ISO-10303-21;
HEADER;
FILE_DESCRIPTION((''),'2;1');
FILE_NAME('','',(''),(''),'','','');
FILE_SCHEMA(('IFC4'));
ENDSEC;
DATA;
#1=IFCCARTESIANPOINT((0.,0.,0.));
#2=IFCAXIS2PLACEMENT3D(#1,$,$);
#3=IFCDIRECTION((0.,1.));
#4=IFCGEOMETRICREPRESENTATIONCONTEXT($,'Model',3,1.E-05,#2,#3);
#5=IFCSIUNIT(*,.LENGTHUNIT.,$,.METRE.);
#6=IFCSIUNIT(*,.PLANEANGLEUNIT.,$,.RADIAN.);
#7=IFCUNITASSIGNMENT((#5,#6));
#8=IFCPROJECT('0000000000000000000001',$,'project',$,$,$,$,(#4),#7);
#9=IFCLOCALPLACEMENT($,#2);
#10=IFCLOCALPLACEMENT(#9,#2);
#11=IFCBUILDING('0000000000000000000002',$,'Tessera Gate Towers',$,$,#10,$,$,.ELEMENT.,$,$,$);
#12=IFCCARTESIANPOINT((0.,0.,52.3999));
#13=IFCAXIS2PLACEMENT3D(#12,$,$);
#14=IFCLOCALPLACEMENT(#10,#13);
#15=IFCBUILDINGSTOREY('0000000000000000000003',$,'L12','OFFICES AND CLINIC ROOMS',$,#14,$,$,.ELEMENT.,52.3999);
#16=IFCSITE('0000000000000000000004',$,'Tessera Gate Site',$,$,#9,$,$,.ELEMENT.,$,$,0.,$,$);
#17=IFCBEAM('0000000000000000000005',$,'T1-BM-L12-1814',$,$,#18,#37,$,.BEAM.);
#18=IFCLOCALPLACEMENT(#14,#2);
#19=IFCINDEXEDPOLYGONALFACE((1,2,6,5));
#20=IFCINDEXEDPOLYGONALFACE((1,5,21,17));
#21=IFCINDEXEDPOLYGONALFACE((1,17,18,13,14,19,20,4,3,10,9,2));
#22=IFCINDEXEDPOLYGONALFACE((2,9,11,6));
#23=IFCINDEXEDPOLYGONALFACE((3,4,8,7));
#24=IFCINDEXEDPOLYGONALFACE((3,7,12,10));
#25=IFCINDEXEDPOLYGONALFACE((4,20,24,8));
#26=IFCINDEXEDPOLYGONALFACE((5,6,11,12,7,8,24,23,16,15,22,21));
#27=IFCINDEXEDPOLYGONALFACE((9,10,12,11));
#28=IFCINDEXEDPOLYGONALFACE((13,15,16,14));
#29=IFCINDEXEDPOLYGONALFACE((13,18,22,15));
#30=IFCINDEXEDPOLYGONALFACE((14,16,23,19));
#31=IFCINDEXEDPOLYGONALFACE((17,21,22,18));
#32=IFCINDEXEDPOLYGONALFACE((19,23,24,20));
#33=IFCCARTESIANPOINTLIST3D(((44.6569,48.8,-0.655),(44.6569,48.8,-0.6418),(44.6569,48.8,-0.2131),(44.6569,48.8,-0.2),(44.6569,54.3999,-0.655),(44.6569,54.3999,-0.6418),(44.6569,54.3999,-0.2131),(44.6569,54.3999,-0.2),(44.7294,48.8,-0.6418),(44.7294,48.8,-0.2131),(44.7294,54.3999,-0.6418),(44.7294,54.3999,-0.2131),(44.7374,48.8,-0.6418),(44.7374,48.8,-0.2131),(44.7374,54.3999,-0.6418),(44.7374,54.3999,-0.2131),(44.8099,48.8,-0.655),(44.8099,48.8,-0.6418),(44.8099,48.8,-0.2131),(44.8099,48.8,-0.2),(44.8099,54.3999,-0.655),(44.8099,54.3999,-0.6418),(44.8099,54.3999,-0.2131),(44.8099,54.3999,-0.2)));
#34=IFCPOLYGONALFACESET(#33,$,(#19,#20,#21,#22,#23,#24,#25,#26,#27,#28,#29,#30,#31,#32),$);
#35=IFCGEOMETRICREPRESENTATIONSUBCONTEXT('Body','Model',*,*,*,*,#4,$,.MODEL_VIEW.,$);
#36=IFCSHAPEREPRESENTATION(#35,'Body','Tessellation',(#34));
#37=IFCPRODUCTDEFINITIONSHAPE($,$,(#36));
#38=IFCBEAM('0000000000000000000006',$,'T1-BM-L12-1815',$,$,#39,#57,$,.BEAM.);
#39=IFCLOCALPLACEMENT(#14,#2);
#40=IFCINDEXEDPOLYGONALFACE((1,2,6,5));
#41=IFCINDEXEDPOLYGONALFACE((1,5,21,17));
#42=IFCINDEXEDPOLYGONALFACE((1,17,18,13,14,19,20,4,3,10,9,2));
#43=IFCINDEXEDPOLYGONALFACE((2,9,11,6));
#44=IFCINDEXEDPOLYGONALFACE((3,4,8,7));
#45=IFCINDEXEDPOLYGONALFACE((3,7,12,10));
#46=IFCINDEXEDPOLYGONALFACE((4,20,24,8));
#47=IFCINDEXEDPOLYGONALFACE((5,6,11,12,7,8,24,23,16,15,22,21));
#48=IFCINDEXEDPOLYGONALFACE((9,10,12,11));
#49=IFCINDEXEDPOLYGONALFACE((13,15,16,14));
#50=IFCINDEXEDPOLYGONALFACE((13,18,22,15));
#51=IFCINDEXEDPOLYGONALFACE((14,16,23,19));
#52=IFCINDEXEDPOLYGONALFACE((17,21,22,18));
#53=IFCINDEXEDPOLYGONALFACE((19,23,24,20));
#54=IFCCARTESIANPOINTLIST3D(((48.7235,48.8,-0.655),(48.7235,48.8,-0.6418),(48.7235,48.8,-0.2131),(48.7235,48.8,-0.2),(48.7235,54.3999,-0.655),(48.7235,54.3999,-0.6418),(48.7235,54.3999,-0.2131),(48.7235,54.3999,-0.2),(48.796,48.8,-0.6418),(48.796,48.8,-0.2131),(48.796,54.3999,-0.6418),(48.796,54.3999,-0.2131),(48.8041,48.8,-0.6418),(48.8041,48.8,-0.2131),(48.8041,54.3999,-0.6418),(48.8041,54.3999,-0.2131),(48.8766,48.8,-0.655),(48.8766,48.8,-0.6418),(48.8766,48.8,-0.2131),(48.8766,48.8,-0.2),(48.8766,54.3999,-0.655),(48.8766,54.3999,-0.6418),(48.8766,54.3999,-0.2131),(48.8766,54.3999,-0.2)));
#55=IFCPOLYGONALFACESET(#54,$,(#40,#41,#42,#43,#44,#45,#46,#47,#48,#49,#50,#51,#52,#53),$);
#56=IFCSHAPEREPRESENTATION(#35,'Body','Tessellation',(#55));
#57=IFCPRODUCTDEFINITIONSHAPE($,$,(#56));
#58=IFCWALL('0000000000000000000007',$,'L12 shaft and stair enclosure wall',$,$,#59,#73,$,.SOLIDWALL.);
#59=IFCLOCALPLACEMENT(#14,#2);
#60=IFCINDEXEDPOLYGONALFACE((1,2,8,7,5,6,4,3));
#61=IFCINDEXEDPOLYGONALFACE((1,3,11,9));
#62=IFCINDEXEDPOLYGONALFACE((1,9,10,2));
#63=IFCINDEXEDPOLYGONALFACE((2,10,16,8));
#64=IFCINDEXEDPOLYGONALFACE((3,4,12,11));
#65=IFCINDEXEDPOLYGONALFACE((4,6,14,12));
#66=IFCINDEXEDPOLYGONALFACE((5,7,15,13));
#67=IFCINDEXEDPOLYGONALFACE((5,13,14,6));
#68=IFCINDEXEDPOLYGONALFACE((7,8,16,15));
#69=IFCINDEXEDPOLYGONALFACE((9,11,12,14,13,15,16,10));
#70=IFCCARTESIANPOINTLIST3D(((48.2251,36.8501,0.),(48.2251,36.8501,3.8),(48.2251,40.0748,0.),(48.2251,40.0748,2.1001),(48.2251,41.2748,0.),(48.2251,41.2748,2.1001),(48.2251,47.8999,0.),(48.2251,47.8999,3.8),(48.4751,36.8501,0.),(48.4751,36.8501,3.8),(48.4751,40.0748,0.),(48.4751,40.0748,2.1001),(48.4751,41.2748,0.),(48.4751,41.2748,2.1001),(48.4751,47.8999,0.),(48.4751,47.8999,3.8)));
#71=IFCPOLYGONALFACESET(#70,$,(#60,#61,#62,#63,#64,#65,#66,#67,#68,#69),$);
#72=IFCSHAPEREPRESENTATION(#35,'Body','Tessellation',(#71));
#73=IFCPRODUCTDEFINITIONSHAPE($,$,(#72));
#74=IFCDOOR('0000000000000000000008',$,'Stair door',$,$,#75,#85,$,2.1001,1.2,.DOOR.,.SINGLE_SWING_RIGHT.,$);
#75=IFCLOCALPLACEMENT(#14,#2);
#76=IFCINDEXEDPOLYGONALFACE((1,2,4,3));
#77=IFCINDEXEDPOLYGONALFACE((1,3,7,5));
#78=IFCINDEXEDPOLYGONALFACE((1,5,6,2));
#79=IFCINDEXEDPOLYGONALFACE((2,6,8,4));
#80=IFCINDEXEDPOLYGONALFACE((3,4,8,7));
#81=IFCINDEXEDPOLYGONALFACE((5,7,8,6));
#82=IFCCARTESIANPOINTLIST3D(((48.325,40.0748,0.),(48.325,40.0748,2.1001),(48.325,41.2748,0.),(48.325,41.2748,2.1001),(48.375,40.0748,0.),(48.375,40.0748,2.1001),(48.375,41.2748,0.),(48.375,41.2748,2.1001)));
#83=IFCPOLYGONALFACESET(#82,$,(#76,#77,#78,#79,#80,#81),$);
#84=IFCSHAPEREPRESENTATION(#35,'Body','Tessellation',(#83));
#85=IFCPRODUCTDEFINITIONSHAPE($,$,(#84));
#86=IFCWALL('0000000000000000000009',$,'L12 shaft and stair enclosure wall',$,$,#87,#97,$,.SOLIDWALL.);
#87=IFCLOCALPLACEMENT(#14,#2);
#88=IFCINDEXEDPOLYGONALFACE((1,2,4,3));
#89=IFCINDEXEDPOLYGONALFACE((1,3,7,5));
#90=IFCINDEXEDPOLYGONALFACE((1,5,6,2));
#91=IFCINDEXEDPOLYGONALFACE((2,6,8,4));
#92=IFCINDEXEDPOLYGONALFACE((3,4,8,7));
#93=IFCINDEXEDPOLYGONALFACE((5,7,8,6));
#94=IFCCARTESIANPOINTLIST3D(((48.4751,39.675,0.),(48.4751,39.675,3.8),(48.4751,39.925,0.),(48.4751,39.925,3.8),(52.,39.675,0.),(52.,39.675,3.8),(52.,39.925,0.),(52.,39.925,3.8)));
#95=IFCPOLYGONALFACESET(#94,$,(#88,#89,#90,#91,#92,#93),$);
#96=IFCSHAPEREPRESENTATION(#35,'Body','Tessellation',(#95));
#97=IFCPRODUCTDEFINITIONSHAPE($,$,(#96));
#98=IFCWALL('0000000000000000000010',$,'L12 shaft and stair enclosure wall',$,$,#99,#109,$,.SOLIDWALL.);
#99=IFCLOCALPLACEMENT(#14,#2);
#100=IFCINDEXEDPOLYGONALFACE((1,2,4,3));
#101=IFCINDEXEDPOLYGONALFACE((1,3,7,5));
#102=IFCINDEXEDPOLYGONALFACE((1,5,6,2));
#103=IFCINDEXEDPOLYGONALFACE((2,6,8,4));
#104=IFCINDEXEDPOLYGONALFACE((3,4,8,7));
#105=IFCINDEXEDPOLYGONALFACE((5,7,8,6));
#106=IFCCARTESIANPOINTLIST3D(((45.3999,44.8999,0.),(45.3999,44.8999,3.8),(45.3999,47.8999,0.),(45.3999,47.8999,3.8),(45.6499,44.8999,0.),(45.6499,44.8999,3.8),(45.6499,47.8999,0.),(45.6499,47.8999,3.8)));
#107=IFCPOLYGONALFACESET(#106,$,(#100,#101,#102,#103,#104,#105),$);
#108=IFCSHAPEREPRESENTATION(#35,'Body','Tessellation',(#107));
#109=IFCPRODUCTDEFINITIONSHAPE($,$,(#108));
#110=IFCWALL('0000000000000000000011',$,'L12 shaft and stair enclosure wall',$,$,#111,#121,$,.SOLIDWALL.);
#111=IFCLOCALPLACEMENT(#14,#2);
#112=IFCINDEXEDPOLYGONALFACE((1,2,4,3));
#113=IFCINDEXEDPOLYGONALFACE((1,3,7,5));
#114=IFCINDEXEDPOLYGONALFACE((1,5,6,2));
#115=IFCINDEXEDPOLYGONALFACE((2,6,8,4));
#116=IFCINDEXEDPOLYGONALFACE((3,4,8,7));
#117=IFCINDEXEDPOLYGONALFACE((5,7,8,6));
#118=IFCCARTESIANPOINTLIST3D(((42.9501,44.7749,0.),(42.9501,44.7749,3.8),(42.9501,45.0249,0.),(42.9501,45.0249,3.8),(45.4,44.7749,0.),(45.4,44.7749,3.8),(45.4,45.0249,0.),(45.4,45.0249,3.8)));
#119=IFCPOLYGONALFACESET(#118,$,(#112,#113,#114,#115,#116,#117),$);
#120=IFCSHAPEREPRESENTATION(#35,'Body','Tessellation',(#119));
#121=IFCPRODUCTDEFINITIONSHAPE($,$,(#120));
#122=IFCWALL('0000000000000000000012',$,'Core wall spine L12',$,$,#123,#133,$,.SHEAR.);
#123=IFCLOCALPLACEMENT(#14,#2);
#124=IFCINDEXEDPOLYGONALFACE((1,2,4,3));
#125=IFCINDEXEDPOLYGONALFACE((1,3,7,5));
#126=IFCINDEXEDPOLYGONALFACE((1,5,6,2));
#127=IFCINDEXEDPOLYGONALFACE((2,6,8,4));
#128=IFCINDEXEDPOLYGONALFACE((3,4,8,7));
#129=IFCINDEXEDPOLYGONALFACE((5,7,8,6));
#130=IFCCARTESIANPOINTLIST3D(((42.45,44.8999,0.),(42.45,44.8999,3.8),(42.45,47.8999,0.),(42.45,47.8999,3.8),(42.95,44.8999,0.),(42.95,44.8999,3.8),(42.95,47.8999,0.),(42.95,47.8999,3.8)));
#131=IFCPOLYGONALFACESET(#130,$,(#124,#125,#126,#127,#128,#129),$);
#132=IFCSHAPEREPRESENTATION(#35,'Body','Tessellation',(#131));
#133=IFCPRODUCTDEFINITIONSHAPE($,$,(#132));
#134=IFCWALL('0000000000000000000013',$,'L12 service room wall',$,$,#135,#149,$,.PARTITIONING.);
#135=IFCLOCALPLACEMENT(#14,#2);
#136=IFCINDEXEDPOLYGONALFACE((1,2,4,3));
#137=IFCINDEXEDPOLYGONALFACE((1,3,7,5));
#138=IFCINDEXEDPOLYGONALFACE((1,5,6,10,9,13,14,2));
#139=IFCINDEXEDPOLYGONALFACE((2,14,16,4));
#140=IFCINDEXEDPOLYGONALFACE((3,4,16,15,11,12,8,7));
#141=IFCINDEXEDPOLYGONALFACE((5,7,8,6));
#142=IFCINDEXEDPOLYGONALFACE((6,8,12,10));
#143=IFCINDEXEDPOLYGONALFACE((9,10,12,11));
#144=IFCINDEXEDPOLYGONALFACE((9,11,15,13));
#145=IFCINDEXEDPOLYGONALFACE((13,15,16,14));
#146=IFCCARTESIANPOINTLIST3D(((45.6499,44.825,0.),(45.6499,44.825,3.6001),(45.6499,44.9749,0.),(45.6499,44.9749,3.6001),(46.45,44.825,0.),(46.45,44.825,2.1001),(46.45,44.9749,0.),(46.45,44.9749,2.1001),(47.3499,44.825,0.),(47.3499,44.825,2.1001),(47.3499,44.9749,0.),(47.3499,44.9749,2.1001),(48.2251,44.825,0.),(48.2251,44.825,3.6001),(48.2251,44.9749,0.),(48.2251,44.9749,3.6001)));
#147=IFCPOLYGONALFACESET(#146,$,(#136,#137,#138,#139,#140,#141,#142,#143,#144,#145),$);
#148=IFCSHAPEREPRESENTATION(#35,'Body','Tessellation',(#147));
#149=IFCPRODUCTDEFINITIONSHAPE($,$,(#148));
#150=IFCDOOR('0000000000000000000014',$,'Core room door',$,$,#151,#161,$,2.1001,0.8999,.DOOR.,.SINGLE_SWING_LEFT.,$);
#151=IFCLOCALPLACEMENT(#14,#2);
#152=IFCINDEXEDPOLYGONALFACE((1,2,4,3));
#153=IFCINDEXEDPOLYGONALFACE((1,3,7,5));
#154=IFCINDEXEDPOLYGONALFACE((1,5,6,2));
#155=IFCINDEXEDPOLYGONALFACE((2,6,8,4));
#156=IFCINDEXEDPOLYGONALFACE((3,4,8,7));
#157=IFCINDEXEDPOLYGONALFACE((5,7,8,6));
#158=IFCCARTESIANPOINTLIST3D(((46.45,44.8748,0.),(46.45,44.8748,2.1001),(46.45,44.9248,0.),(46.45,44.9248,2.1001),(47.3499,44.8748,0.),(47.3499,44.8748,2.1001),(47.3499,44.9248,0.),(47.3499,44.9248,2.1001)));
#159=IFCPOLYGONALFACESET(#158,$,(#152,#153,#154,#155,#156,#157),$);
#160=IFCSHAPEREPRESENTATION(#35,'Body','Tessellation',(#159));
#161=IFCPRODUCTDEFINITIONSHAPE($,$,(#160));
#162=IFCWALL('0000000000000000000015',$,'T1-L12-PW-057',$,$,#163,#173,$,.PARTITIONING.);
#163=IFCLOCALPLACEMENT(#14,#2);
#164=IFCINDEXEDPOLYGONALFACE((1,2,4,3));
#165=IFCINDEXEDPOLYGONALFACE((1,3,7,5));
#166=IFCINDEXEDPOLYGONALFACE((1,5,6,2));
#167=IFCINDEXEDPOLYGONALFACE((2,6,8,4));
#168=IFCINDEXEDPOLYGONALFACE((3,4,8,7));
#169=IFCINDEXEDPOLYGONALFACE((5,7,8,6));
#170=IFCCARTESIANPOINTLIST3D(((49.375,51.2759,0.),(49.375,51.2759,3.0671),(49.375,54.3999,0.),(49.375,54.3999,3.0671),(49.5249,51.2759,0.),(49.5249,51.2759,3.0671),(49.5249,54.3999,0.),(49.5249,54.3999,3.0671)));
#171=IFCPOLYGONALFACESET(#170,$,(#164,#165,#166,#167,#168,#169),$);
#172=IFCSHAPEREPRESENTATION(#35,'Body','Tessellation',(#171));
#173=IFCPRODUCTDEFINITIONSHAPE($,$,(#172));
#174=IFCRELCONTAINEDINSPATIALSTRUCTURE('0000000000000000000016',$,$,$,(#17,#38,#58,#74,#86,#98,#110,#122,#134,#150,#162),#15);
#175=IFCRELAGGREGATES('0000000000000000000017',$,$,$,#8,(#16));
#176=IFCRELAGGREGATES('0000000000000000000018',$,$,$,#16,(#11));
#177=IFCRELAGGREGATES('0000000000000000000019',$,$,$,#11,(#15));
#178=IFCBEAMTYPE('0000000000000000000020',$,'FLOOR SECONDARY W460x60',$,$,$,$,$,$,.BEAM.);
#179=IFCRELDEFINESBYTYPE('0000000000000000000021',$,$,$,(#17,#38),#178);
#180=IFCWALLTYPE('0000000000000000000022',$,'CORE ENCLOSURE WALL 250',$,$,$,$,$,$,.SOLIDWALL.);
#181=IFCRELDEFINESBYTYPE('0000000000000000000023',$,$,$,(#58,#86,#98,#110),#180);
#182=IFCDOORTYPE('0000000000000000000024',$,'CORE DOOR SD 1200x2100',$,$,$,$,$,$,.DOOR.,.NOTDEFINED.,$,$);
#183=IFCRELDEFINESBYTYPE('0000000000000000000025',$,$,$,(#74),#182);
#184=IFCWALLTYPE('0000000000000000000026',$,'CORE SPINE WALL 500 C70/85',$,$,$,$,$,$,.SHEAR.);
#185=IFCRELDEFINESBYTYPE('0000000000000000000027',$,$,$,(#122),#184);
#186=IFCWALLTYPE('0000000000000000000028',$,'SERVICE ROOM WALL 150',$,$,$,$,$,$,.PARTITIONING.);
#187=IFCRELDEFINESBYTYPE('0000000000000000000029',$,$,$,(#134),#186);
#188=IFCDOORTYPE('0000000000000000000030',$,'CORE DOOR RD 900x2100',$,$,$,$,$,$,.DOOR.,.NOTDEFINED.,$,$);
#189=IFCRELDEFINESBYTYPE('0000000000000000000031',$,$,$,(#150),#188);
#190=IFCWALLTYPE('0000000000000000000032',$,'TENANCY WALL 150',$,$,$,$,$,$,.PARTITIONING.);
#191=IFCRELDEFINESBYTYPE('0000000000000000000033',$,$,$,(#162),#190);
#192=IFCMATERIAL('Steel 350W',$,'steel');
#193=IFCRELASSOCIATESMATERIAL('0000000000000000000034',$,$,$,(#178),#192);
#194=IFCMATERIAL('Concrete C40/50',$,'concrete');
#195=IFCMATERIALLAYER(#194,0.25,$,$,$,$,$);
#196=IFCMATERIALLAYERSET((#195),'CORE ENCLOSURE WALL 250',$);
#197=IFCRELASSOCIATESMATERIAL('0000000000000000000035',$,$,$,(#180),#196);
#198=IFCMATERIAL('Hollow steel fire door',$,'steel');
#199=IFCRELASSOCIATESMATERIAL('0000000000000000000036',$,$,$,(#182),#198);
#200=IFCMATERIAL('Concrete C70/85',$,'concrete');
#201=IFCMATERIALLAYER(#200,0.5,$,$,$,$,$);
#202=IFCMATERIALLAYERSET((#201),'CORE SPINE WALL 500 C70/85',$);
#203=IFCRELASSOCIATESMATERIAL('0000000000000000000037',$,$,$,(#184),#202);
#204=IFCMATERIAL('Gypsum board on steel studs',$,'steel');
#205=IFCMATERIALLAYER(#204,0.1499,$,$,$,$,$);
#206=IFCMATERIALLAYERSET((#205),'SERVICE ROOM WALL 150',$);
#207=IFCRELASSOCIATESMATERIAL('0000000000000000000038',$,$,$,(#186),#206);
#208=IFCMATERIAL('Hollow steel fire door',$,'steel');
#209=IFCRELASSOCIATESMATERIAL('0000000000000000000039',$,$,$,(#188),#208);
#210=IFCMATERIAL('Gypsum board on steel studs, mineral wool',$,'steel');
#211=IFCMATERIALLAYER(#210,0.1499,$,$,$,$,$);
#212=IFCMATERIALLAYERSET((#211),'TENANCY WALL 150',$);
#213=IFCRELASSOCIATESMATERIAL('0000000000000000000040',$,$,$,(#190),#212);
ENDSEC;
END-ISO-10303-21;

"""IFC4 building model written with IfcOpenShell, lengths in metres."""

from ifc_helpers import new_model, si_unit, direction, frame, frame_2d, origin, origin_2d, place, context, subcontext, project, spatial, rectangle, i_section, extrude, source, transform, mapped, material, layer, layer_set, material_profile, profile_set, type_object, element, fill, save


model = new_model("IFC4")

# Units and contexts
model_context = context("Model", 3, precision=1e-05, world=origin(), true_north=direction((0.0, 1.0)))
body_context = subcontext(model_context, "Body", "Model", "MODEL_VIEW")
ifc_project = project(units=[si_unit("LENGTHUNIT", "METRE"), si_unit("PLANEANGLEUNIT", "RADIAN")], contexts=[model_context])

# Site, building, storey
site_placement = place(None, origin())
site = spatial("IfcSite", under=ifc_project, at=site_placement, Name="Tessera Gate Site", CompositionType="ELEMENT", RefElevation=0.0)
building_placement = place(site_placement, origin())
building = spatial("IfcBuilding", under=site, at=building_placement, Name="Tessera Gate Towers", CompositionType="ELEMENT")
storey_placement = place(building_placement, frame((0.0, 0.0, 52.3999)))
storey = spatial("IfcBuildingStorey", under=building, at=storey_placement, Name="L12", Description="OFFICES AND CLINIC ROOMS", CompositionType="ELEMENT", Elevation=52.3999)

# Beams
ifc_material_1 = material(Name="Steel 350W", Category="steel")
ifc_material_profile = material_profile(ifc_material_1, i_section(OverallWidth=0.1531, OverallDepth=0.4551, WebThickness=0.0081, FlangeThickness=0.0132, at=origin_2d()), Name="W460x60")
ifc_profile_set = profile_set([ifc_material_profile], Name="Steel 350W")
beam_type = type_object("IfcBeamType", Name="FLOOR SECONDARY W460x60", PredefinedType="BEAM", material=ifc_profile_set)
for number, where, z_axis, x_axis, name in (
    (1, (44.7334, 48.8, -0.4275), (0.0, 1.0, 0.0), (-1.0, 0.0, 0.0), "T1-BM-L12-1814"),
    (2, (48.8, 48.8, -0.4275), (0.0, 1.0, 0.0), (-1.0, 0.0, 0.0), "T1-BM-L12-1815"),
):
    element("IfcBeam", number, at=place(storey_placement, frame(where, z_axis=z_axis, x_axis=x_axis)), inside=storey, type_object=beam_type, Name=name, PredefinedType="BEAM", context=body_context, shape_type="SweptSolid", body=[
        extrude(i_section(OverallWidth=0.1531, OverallDepth=0.4551, WebThickness=0.0081, FlangeThickness=0.0132, at=origin_2d()), origin(), (0.0, 0.0, 1.0), 5.5999),
    ])

# Wall, opening, door
ifc_material_2 = material(Name="Concrete C40/50", Category="concrete")
ifc_layer_1 = layer(ifc_material_2, 0.25)
ifc_layer_set_1 = layer_set([ifc_layer_1], Name="CORE ENCLOSURE WALL 250")
wall_type_1 = type_object("IfcWallType", Name="CORE ENCLOSURE WALL 250", PredefinedType="SOLIDWALL", material=ifc_layer_set_1)
wall_1_placement = place(storey_placement, frame((48.3501, 47.8999, 0.0), z_axis=(0.0, 0.0, 1.0), x_axis=(0.0, -1.0, 0.0)))
wall_1 = element("IfcWall", 3, at=wall_1_placement, inside=storey, type_object=wall_type_1, Name="L12 shaft and stair enclosure wall", PredefinedType="SOLIDWALL", context=body_context, shape_type="SweptSolid", body=[
    extrude(rectangle(XDim=11.0498, YDim=0.25, at=frame_2d((5.5249, 0.0))), origin(), (0.0, 0.0, 1.0), 3.8),
])
shared_shape_1 = source(origin(), body_context, "Body", "SweptSolid", [
    extrude(rectangle(XDim=1.2, YDim=2.1001, at=frame_2d((0.6001, 1.05))), frame((0.0, 0.135, 0.0), z_axis=(0.0, -1.0, 0.0), x_axis=(1.0, 0.0, 0.0)), (0.0, 0.0, 1.0), 0.27),
])
opening_1_placement = place(wall_1_placement, frame((6.625, 0.0, 0.0)))
opening_1 = element("IfcOpeningElement", 4, at=opening_1_placement, cuts=wall_1, PredefinedType="OPENING", context=body_context, shape_type="MappedRepresentation", body=[
    mapped(shared_shape_1, transform((0.0, 0.0, 0.0), scale=1.0)),
])
ifc_material_3 = material(Name="Hollow steel fire door", Category="steel")
door_type_1 = type_object("IfcDoorType", Name="CORE DOOR SD 1200x2100", OperationType="NOTDEFINED", PredefinedType="DOOR", material=ifc_material_3)
shared_shape_2 = source(origin(), body_context, "Body", "SweptSolid", [
    extrude(rectangle(XDim=1.2, YDim=2.1001, at=frame_2d((0.6001, 1.05))), frame((0.0, 0.0249, 0.0), z_axis=(0.0, -1.0, 0.0), x_axis=(1.0, 0.0, 0.0)), (0.0, 0.0, 1.0), 0.05),
])
door_1_placement = place(opening_1_placement, origin())
door_1 = element("IfcDoor", 5, at=door_1_placement, inside=storey, type_object=door_type_1, Name="Stair door", OperationType="SINGLE_SWING_RIGHT", OverallHeight=2.1001, OverallWidth=1.2, PredefinedType="DOOR", context=body_context, shape_type="MappedRepresentation", body=[
    mapped(shared_shape_2, transform((0.0, 0.0, 0.0), scale=1.0)),
])
fill(opening_1, door_1)

# Walls
wall_2_placement = place(storey_placement, frame((48.4751, 39.8, 0.0), z_axis=(0.0, 0.0, 1.0), x_axis=(1.0, 0.0, 0.0)))
element("IfcWall", 6, at=wall_2_placement, inside=storey, type_object=wall_type_1, Name="L12 shaft and stair enclosure wall", PredefinedType="SOLIDWALL", context=body_context, shape_type="SweptSolid", body=[
    extrude(rectangle(XDim=3.5249, YDim=0.25, at=frame_2d((1.7625, 0.0))), origin(), (0.0, 0.0, 1.0), 3.8),
])
wall_3_placement = place(storey_placement, frame((45.5249, 44.8999, 0.0), z_axis=(0.0, 0.0, 1.0), x_axis=(0.0, 1.0, 0.0)))
element("IfcWall", 7, at=wall_3_placement, inside=storey, type_object=wall_type_1, Name="L12 shaft and stair enclosure wall", PredefinedType="SOLIDWALL", context=body_context, shape_type="SweptSolid", body=[
    extrude(rectangle(XDim=3.0, YDim=0.25, at=frame_2d((1.5, 0.0))), origin(), (0.0, 0.0, 1.0), 3.8),
])
wall_4_placement = place(storey_placement, frame((42.95, 44.8999, 0.0), z_axis=(0.0, 0.0, 1.0), x_axis=(1.0, 0.0, 0.0)))
element("IfcWall", 8, at=wall_4_placement, inside=storey, type_object=wall_type_1, Name="L12 shaft and stair enclosure wall", PredefinedType="SOLIDWALL", context=body_context, shape_type="SweptSolid", body=[
    extrude(rectangle(XDim=2.45, YDim=0.25, at=frame_2d((1.2251, 0.0))), origin(), (0.0, 0.0, 1.0), 3.8),
])
ifc_material_4 = material(Name="Concrete C70/85", Category="concrete")
ifc_layer_2 = layer(ifc_material_4, 0.5)
ifc_layer_set_2 = layer_set([ifc_layer_2], Name="CORE SPINE WALL 500 C70/85")
wall_type_2 = type_object("IfcWallType", Name="CORE SPINE WALL 500 C70/85", PredefinedType="SHEAR", material=ifc_layer_set_2)
wall_5_placement = place(storey_placement, frame((42.7, 44.8999, 0.0), z_axis=(0.0, 0.0, 1.0), x_axis=(0.0, 1.0, 0.0)))
element("IfcWall", 9, at=wall_5_placement, inside=storey, type_object=wall_type_2, Name="Core wall spine L12", PredefinedType="SHEAR", context=body_context, shape_type="SweptSolid", body=[
    extrude(rectangle(XDim=3.0, YDim=0.5, at=frame_2d((1.5, 0.0))), origin(), (0.0, 0.0, 1.0), 3.8),
])

# Wall, opening, door
ifc_material_5 = material(Name="Gypsum board on steel studs", Category="steel")
ifc_layer_3 = layer(ifc_material_5, 0.1499)
ifc_layer_set_3 = layer_set([ifc_layer_3], Name="SERVICE ROOM WALL 150")
wall_type_3 = type_object("IfcWallType", Name="SERVICE ROOM WALL 150", PredefinedType="PARTITIONING", material=ifc_layer_set_3)
wall_6_placement = place(storey_placement, frame((45.6499, 44.8999, 0.0), z_axis=(0.0, 0.0, 1.0), x_axis=(1.0, 0.0, 0.0)))
wall_6 = element("IfcWall", 10, at=wall_6_placement, inside=storey, type_object=wall_type_3, Name="L12 service room wall", PredefinedType="PARTITIONING", context=body_context, shape_type="SweptSolid", body=[
    extrude(rectangle(XDim=2.5752, YDim=0.1499, at=frame_2d((1.2876, 0.0))), origin(), (0.0, 0.0, 1.0), 3.6001),
])
shared_shape_3 = source(origin(), body_context, "Body", "SweptSolid", [
    extrude(rectangle(XDim=0.8999, YDim=2.1001, at=frame_2d((0.45, 1.05))), frame((0.0, 0.085, 0.0), z_axis=(0.0, -1.0, 0.0), x_axis=(1.0, 0.0, 0.0)), (0.0, 0.0, 1.0), 0.1699),
])
opening_2_placement = place(wall_6_placement, frame((0.8, 0.0, 0.0)))
opening_2 = element("IfcOpeningElement", 11, at=opening_2_placement, cuts=wall_6, PredefinedType="OPENING", context=body_context, shape_type="MappedRepresentation", body=[
    mapped(shared_shape_3, transform((0.0, 0.0, 0.0), scale=1.0)),
])
ifc_material_6 = material(Name="Hollow steel fire door", Category="steel")
door_type_2 = type_object("IfcDoorType", Name="CORE DOOR RD 900x2100", OperationType="NOTDEFINED", PredefinedType="DOOR", material=ifc_material_6)
shared_shape_4 = source(origin(), body_context, "Body", "SweptSolid", [
    extrude(rectangle(XDim=0.8999, YDim=2.1001, at=frame_2d((0.45, 1.05))), frame((0.0, 0.0249, 0.0), z_axis=(0.0, -1.0, 0.0), x_axis=(1.0, 0.0, 0.0)), (0.0, 0.0, 1.0), 0.05),
])
door_2_placement = place(opening_2_placement, origin())
door_2 = element("IfcDoor", 12, at=door_2_placement, inside=storey, type_object=door_type_2, Name="Core room door", OperationType="SINGLE_SWING_LEFT", OverallHeight=2.1001, OverallWidth=0.8999, PredefinedType="DOOR", context=body_context, shape_type="MappedRepresentation", body=[
    mapped(shared_shape_4, transform((0.0, 0.0, 0.0), scale=1.0)),
])
fill(opening_2, door_2)

# Wall
ifc_material_7 = material(Name="Gypsum board on steel studs, mineral wool", Category="steel")
ifc_layer_4 = layer(ifc_material_7, 0.1499)
ifc_layer_set_4 = layer_set([ifc_layer_4], Name="TENANCY WALL 150")
wall_type_4 = type_object("IfcWallType", Name="TENANCY WALL 150", PredefinedType="PARTITIONING", material=ifc_layer_set_4)
wall_7_placement = place(storey_placement, frame((49.45, 51.2759, 0.0), z_axis=(0.0, 0.0, 1.0), x_axis=(0.0, 1.0, 0.0)))
element("IfcWall", 13, at=wall_7_placement, inside=storey, type_object=wall_type_4, Name="T1-L12-PW-057", PredefinedType="PARTITIONING", context=body_context, shape_type="SweptSolid", body=[
    extrude(rectangle(XDim=3.124, YDim=0.1499, at=frame_2d((1.562, 0.0))), origin(), (0.0, 0.0, 1.0), 3.0671),
])

save(model, "model.ifc")
